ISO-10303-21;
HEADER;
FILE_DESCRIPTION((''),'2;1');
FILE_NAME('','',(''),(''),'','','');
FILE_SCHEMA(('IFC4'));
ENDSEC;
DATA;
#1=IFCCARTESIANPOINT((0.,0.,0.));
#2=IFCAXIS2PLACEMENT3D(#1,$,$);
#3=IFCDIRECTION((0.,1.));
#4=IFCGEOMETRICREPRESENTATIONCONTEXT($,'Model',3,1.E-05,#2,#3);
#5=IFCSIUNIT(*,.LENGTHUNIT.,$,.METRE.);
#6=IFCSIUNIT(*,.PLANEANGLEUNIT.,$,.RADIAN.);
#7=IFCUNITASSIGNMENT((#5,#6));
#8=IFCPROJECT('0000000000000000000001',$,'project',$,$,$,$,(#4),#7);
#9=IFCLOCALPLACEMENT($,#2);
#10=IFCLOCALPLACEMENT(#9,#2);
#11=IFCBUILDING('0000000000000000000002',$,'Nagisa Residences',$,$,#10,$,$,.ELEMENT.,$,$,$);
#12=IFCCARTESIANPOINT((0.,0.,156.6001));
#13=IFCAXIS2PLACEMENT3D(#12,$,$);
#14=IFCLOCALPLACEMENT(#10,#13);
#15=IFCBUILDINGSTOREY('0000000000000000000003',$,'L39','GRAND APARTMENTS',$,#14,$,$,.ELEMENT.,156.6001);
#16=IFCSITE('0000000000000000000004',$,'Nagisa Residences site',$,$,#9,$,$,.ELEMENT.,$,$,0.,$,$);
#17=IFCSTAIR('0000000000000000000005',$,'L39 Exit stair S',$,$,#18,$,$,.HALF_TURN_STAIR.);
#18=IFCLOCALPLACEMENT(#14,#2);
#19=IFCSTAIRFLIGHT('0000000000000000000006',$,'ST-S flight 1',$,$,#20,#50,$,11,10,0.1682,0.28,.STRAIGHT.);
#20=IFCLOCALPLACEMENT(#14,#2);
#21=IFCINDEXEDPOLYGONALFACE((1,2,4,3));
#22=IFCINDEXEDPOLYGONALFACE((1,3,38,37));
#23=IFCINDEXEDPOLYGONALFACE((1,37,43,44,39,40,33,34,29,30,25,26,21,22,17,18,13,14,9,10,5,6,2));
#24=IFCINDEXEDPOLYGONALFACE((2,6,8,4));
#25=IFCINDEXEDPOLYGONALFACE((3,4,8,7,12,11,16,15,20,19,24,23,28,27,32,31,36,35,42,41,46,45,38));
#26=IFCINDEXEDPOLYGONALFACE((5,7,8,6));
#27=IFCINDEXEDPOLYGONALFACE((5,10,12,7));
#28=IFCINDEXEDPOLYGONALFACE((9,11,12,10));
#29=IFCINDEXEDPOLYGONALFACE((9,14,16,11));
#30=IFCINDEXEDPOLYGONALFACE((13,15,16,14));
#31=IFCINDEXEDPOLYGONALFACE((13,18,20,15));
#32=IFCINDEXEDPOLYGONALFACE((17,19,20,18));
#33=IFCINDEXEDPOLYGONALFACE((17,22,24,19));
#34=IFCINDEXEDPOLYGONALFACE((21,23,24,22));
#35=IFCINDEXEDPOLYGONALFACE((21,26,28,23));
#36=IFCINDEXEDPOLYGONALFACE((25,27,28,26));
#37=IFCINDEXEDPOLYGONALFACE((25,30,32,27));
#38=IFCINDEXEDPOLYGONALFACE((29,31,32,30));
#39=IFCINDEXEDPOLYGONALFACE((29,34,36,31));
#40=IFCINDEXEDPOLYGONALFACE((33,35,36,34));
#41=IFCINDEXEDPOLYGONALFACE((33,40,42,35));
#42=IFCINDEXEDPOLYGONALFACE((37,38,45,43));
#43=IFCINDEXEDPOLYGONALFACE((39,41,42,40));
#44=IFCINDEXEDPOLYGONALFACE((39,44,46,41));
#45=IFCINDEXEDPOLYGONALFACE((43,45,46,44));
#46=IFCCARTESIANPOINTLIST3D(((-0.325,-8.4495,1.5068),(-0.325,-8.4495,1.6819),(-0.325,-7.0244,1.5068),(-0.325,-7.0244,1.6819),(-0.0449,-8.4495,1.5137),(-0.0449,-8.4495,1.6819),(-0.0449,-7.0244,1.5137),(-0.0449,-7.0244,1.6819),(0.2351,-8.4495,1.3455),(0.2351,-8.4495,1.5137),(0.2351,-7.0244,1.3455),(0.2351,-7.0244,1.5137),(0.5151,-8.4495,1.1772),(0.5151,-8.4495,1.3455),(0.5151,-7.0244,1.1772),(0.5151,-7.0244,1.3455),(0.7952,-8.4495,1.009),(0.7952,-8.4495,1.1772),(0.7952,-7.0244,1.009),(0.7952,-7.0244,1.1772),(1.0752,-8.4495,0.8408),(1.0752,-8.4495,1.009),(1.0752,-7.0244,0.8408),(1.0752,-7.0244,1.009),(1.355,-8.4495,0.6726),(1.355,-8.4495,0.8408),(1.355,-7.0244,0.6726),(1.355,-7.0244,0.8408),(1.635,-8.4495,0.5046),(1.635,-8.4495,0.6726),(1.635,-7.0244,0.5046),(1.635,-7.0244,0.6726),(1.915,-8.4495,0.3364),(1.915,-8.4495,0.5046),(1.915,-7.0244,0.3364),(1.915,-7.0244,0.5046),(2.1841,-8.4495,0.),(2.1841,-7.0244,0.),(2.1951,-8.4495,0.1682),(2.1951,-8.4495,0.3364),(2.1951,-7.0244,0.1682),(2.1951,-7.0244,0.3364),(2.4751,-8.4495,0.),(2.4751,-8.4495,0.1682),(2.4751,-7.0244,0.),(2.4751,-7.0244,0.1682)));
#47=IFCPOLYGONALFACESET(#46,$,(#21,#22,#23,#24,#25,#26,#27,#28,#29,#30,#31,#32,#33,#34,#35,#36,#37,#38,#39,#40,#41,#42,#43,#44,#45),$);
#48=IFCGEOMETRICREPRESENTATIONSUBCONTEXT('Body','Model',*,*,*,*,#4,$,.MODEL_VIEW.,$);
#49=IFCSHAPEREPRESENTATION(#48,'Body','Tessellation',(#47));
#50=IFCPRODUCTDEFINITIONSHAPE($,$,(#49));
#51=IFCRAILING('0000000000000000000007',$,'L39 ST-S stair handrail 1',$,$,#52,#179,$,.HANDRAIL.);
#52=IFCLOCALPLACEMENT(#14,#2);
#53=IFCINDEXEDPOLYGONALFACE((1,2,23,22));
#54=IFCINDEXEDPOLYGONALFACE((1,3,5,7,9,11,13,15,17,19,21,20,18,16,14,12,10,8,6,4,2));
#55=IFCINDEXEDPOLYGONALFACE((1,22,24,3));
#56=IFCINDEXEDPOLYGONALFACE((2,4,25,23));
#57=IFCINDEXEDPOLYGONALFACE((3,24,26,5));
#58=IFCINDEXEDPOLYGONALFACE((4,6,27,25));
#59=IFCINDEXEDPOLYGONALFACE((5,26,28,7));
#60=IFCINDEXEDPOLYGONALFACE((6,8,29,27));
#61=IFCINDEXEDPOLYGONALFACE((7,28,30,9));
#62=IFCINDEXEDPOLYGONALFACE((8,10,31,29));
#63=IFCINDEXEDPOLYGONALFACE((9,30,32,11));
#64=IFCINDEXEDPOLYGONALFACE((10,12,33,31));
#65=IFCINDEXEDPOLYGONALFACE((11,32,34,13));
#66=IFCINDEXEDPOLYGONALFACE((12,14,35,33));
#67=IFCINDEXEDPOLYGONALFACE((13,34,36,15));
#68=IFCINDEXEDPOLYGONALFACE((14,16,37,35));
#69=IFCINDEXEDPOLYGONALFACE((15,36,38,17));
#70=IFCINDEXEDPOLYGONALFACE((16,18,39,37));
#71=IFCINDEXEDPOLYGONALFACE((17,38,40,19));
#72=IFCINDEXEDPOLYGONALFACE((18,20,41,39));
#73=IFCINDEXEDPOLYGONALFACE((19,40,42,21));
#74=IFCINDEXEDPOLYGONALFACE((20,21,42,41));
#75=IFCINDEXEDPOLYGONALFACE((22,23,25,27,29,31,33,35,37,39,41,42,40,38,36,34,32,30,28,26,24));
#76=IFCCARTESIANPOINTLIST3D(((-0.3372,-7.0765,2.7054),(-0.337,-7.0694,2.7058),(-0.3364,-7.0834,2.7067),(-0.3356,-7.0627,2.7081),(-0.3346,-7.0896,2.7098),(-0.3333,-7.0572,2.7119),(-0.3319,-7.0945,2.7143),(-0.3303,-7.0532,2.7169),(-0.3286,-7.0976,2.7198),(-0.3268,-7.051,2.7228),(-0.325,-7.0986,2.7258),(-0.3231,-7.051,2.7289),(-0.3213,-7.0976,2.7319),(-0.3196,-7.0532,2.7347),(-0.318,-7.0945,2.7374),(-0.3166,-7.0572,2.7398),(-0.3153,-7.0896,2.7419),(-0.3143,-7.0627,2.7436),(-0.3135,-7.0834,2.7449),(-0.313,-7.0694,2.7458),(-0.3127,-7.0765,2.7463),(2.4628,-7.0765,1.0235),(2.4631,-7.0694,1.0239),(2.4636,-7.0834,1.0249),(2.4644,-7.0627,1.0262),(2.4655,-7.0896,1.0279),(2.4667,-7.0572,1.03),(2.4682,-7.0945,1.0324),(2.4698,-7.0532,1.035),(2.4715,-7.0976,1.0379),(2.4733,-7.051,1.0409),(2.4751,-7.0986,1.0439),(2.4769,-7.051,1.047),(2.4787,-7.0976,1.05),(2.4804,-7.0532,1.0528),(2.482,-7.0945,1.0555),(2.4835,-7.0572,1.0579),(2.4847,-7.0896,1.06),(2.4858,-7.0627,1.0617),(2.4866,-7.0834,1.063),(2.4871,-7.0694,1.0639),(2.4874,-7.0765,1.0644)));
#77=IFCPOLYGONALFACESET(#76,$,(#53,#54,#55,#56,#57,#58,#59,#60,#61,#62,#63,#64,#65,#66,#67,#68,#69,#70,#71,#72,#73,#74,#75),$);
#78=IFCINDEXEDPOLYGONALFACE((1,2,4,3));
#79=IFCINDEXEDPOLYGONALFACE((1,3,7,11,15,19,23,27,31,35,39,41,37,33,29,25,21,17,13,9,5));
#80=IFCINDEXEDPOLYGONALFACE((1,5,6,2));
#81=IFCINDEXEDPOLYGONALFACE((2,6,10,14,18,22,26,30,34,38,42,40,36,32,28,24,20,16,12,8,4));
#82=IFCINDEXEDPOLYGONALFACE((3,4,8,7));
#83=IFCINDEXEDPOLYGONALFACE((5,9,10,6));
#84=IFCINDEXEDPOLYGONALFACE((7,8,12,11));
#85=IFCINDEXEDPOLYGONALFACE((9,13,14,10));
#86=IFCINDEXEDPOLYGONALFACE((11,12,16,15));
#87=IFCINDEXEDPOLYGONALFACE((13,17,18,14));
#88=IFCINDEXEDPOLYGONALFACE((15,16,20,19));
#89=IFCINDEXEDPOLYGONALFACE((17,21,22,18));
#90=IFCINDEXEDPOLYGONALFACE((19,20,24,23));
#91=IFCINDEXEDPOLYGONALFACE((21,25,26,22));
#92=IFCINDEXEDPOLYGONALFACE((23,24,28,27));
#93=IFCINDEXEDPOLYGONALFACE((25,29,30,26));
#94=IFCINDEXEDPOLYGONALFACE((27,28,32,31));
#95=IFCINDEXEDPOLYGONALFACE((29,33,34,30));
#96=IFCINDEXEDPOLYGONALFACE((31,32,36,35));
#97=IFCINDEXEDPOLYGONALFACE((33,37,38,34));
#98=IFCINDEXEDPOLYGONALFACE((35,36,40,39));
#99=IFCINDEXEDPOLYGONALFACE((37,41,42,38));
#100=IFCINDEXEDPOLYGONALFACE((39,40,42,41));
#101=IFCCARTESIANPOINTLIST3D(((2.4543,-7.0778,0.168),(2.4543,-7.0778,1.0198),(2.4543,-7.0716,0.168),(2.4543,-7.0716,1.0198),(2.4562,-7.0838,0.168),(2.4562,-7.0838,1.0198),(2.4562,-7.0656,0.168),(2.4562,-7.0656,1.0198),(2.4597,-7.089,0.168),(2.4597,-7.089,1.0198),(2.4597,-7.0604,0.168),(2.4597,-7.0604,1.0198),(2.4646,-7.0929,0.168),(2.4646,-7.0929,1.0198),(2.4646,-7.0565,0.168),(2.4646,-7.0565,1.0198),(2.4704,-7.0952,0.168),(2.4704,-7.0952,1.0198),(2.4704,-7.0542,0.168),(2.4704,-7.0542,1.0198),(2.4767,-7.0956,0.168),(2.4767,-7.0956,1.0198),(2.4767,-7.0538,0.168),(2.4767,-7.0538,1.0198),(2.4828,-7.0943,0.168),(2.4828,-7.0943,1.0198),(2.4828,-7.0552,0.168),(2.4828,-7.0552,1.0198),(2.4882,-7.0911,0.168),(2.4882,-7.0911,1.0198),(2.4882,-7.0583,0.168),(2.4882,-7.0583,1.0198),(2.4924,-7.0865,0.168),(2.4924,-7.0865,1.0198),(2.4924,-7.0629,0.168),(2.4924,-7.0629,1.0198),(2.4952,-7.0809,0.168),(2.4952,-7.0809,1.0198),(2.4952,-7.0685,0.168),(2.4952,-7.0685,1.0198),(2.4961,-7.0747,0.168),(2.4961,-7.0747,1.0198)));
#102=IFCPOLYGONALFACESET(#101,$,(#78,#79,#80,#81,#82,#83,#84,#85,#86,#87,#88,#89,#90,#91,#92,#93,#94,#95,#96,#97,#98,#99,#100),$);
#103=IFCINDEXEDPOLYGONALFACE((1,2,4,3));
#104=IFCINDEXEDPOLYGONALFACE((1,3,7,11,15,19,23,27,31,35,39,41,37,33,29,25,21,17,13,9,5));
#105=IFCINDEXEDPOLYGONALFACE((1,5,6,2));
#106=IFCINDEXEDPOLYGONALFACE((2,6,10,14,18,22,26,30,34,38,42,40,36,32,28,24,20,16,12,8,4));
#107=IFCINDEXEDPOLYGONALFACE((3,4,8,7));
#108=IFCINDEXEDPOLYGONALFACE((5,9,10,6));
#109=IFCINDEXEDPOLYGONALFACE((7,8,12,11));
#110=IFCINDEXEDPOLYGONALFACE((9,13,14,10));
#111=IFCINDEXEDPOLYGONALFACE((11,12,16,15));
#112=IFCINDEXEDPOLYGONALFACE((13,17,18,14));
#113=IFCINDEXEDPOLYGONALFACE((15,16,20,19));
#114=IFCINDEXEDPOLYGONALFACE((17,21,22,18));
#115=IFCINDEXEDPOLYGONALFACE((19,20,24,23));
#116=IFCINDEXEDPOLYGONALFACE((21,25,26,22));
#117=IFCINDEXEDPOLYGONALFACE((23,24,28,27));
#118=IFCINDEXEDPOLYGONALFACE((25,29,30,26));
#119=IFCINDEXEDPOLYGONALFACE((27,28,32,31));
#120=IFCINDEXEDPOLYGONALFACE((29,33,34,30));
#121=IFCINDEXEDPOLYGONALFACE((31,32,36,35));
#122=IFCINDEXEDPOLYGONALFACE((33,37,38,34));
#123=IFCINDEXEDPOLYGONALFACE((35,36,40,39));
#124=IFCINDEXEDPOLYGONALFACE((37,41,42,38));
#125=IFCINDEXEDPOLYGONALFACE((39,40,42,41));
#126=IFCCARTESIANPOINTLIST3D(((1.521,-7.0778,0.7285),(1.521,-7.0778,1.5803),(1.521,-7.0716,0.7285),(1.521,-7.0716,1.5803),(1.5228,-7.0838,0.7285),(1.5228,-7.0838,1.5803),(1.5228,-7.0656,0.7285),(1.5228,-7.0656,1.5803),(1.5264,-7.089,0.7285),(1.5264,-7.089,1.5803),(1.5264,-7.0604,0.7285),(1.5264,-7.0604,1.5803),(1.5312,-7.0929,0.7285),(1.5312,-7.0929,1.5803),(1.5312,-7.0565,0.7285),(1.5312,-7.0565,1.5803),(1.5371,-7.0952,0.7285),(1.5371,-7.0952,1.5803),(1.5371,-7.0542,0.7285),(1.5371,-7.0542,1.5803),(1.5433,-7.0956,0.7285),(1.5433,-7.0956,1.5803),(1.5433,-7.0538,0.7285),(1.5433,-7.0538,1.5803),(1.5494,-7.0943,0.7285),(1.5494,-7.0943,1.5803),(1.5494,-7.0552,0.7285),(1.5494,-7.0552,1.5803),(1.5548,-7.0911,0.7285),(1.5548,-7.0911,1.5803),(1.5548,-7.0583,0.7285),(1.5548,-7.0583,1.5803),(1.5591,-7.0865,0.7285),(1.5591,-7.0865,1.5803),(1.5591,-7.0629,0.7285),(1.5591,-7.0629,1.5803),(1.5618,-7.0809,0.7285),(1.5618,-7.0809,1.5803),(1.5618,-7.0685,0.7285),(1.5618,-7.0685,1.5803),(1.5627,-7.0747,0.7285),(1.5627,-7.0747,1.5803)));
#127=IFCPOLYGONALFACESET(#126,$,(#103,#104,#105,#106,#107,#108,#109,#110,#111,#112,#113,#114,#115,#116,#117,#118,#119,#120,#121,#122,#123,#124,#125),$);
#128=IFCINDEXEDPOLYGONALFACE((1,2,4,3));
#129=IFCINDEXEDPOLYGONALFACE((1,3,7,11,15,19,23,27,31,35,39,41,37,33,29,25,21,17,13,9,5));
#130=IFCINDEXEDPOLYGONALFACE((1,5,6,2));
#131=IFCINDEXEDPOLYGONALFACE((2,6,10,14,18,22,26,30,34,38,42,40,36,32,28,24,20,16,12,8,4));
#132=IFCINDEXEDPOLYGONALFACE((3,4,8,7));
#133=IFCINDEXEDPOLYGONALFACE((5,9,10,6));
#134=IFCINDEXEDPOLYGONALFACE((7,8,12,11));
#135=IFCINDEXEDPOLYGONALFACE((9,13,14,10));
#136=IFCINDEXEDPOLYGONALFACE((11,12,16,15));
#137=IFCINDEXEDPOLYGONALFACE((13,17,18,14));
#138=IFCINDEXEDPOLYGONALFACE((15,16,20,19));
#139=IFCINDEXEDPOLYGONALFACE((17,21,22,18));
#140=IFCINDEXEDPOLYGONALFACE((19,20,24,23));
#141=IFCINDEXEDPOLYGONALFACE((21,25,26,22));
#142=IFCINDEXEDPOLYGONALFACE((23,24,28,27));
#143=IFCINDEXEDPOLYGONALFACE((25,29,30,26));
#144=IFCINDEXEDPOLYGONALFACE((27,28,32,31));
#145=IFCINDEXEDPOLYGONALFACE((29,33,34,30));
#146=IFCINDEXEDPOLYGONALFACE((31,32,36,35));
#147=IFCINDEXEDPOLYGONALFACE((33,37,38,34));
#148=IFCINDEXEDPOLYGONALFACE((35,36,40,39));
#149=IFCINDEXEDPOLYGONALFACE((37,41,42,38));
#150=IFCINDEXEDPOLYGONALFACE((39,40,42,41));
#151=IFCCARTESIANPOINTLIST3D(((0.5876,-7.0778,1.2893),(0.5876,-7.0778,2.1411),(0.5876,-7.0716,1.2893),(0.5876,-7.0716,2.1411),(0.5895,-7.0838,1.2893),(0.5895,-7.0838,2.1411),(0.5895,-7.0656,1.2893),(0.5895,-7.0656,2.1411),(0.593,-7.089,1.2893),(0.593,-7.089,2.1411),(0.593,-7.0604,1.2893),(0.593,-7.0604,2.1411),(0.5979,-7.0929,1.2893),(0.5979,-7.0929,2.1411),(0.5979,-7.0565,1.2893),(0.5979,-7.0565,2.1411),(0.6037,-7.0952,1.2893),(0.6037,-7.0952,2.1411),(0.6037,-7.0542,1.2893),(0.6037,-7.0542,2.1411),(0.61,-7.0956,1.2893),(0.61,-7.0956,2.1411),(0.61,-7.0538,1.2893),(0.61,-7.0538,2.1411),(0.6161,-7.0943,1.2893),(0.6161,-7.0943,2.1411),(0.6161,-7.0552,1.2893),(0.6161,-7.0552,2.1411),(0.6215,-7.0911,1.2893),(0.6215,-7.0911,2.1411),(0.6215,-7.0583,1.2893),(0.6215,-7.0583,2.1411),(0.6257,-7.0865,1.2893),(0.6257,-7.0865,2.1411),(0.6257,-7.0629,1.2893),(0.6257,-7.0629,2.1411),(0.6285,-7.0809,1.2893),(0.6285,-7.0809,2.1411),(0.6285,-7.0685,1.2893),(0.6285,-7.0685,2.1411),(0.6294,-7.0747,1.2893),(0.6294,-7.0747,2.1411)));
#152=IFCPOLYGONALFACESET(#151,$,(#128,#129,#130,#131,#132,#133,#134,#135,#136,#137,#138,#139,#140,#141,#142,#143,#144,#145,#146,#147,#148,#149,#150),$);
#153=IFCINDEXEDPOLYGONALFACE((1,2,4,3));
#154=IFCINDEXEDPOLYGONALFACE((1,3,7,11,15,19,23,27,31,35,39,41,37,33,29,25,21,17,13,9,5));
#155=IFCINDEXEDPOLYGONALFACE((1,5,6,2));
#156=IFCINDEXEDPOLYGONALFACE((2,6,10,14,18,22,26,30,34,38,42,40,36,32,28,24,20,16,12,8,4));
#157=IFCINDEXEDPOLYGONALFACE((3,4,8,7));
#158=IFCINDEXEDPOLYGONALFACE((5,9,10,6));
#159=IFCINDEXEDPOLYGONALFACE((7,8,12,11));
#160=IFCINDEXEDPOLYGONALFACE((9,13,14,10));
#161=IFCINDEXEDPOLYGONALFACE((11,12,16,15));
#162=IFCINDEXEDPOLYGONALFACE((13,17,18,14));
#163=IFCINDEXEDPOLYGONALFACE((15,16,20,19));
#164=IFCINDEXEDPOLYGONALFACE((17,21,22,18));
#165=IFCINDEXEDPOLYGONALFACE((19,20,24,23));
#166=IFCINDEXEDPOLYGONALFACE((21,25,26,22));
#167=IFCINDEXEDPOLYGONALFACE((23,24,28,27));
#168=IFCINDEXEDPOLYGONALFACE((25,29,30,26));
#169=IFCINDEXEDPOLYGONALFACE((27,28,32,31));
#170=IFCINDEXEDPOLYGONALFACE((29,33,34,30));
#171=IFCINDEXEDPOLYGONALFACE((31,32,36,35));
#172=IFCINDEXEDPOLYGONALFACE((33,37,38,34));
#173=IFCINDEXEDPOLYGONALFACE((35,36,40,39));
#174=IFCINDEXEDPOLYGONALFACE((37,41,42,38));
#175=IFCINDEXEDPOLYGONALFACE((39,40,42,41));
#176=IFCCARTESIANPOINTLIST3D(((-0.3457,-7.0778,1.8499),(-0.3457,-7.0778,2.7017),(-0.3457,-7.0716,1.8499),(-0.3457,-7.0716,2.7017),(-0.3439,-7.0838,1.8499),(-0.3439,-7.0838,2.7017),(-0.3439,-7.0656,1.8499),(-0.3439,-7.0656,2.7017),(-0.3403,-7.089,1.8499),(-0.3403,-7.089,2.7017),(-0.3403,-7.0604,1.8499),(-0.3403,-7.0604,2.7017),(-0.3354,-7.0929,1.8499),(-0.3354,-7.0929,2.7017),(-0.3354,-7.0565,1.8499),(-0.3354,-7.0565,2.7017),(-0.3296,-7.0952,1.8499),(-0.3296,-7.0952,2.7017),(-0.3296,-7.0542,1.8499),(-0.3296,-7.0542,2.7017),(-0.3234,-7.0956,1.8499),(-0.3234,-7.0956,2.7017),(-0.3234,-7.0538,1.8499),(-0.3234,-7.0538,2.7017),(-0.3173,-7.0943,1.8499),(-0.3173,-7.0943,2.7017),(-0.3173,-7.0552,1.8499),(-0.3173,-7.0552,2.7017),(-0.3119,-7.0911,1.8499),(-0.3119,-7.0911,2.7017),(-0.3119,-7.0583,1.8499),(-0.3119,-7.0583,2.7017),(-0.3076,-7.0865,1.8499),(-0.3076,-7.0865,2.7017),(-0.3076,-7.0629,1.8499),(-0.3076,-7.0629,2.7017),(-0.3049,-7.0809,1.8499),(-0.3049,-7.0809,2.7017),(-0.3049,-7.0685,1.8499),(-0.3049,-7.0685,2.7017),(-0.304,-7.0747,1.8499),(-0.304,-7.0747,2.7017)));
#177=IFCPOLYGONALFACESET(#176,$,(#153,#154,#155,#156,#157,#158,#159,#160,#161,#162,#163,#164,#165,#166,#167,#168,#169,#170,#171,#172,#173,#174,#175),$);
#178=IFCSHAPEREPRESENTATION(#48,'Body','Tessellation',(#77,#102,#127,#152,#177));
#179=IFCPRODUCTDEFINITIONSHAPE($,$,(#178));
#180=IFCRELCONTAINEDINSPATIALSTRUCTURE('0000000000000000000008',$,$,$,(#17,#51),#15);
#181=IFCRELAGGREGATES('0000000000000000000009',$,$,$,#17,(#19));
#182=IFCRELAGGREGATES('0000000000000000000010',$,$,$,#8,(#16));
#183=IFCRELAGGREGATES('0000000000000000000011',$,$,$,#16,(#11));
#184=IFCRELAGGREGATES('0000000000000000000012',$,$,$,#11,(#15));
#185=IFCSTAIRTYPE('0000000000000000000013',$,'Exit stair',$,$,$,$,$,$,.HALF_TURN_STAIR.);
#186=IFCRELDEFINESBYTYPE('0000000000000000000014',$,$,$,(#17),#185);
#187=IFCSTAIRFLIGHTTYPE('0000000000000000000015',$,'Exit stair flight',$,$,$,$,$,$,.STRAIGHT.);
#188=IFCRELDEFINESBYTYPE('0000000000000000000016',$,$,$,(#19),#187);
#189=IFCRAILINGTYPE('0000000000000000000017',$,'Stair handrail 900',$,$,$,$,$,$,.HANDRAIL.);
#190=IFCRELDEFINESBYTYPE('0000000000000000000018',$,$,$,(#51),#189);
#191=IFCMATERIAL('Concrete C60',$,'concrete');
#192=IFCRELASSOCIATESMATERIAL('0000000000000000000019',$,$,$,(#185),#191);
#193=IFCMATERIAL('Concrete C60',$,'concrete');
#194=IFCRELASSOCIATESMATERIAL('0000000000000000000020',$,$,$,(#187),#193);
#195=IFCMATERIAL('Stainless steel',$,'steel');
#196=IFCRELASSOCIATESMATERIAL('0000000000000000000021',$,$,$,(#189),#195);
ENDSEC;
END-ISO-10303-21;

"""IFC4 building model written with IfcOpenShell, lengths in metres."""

from ifc_helpers import new_model, si_unit, direction, frame, origin, origin_2d, place, context, subcontext, project, spatial, polyline, circle, outline, extrude, material, type_object, element, aggregate, save


model = new_model("IFC4")

# Units and contexts
model_context = context("Model", 3, precision=1e-05, world=origin(), true_north=direction((0.0, 1.0)))
body_context = subcontext(model_context, "Body", "Model", "MODEL_VIEW")
ifc_project = project(units=[si_unit("LENGTHUNIT", "METRE"), si_unit("PLANEANGLEUNIT", "RADIAN")], contexts=[model_context])

# Site, building, storey
site_placement = place(None, origin())
site = spatial("IfcSite", under=ifc_project, at=site_placement, Name="Nagisa Residences site", CompositionType="ELEMENT", RefElevation=0.0)
building_placement = place(site_placement, origin())
building = spatial("IfcBuilding", under=site, at=building_placement, Name="Nagisa Residences", CompositionType="ELEMENT")
storey_placement = place(building_placement, frame((0.0, 0.0, 156.6001)))
storey = spatial("IfcBuildingStorey", under=building, at=storey_placement, Name="L39", Description="GRAND APARTMENTS", CompositionType="ELEMENT", Elevation=156.6001)

# Stair, stair flight
ifc_material_1 = material(Name="Concrete C60", Category="concrete")
stair_type = type_object("IfcStairType", Name="Exit stair", PredefinedType="HALF_TURN_STAIR", material=ifc_material_1)
stair_placement = place(storey_placement, origin())
stair = element("IfcStair", 1, at=stair_placement, inside=storey, type_object=stair_type, Name="L39 Exit stair S", PredefinedType="HALF_TURN_STAIR")
ifc_material_2 = material(Name="Concrete C60", Category="concrete")
stair_flight_type = type_object("IfcStairFlightType", Name="Exit stair flight", PredefinedType="STRAIGHT", material=ifc_material_2)
stair_flight_placement = place(storey_placement, frame((2.4751, -7.7371, 0.0), z_axis=(0.0, 0.0, 1.0), x_axis=(-1.0, 0.0, 0.0)))
stair_flight = element("IfcStairFlight", 2, at=stair_flight_placement, type_object=stair_flight_type, Name="ST-S flight 1", NumberOfRisers=11, NumberOfTreads=10, PredefinedType="STRAIGHT", RiserHeight=0.1682, TreadLength=0.28, context=body_context, shape_type="SweptSolid", body=[
    extrude(outline(polyline([(0.0, 0.0), (0.0, 0.1682), (0.28, 0.1682), (0.28, 0.3364), (0.5601, 0.3364), (0.5601, 0.5046), (0.8401, 0.5046), (0.8401, 0.6726), (1.1201, 0.6726), (1.1201, 0.8408), (1.3999, 0.8408), (1.3999, 1.009), (1.6799, 1.009), (1.6799, 1.1772), (1.96, 1.1772), (1.96, 1.3455), (2.24, 1.3455), (2.24, 1.5137), (2.52, 1.5137), (2.52, 1.6819), (2.8, 1.6819), (2.8, 1.8501), (2.8, 1.5068), (0.291, 0.0), (0.0, 0.0)])), frame((0.0, 0.7124, 0.0), z_axis=(0.0, -1.0, 0.0), x_axis=(1.0, 0.0, 0.0)), (0.0, 0.0, 1.0), 1.425),
])
aggregate(stair, [stair_flight])

# Railing
ifc_material_3 = material(Name="Stainless steel", Category="steel")
railing_type = type_object("IfcRailingType", Name="Stair handrail 900", PredefinedType="HANDRAIL", material=ifc_material_3)
railing_placement = place(storey_placement, frame((2.4751, -7.0747, 0.168)))
element("IfcRailing", 3, at=railing_placement, inside=storey, type_object=railing_type, Name="L39 ST-S stair handrail 1", PredefinedType="HANDRAIL", context=body_context, shape_type="SweptSolid", body=[
    extrude(circle(Radius=0.0239, at=origin_2d()), frame((0.0, 0.0, 0.876), z_axis=(-0.857242, 0.0, 0.514913), x_axis=(0.0, -1.0, 0.0)), (0.0, 0.0, 1.0), 3.2664),
    extrude(circle(Radius=0.021, at=origin_2d()), origin(), (0.0, 0.0, 1.0), 0.8518),
    extrude(circle(Radius=0.021, at=origin_2d()), frame((-0.9333, 0.0, 0.5605)), (0.0, 0.0, 1.0), 0.8518),
    extrude(circle(Radius=0.021, at=origin_2d()), frame((-1.8667, 0.0, 1.1213)), (0.0, 0.0, 1.0), 0.8518),
    extrude(circle(Radius=0.021, at=origin_2d()), frame((-2.8, 0.0, 1.6819)), (0.0, 0.0, 1.0), 0.8518),
])

save(model, "model.ifc")
